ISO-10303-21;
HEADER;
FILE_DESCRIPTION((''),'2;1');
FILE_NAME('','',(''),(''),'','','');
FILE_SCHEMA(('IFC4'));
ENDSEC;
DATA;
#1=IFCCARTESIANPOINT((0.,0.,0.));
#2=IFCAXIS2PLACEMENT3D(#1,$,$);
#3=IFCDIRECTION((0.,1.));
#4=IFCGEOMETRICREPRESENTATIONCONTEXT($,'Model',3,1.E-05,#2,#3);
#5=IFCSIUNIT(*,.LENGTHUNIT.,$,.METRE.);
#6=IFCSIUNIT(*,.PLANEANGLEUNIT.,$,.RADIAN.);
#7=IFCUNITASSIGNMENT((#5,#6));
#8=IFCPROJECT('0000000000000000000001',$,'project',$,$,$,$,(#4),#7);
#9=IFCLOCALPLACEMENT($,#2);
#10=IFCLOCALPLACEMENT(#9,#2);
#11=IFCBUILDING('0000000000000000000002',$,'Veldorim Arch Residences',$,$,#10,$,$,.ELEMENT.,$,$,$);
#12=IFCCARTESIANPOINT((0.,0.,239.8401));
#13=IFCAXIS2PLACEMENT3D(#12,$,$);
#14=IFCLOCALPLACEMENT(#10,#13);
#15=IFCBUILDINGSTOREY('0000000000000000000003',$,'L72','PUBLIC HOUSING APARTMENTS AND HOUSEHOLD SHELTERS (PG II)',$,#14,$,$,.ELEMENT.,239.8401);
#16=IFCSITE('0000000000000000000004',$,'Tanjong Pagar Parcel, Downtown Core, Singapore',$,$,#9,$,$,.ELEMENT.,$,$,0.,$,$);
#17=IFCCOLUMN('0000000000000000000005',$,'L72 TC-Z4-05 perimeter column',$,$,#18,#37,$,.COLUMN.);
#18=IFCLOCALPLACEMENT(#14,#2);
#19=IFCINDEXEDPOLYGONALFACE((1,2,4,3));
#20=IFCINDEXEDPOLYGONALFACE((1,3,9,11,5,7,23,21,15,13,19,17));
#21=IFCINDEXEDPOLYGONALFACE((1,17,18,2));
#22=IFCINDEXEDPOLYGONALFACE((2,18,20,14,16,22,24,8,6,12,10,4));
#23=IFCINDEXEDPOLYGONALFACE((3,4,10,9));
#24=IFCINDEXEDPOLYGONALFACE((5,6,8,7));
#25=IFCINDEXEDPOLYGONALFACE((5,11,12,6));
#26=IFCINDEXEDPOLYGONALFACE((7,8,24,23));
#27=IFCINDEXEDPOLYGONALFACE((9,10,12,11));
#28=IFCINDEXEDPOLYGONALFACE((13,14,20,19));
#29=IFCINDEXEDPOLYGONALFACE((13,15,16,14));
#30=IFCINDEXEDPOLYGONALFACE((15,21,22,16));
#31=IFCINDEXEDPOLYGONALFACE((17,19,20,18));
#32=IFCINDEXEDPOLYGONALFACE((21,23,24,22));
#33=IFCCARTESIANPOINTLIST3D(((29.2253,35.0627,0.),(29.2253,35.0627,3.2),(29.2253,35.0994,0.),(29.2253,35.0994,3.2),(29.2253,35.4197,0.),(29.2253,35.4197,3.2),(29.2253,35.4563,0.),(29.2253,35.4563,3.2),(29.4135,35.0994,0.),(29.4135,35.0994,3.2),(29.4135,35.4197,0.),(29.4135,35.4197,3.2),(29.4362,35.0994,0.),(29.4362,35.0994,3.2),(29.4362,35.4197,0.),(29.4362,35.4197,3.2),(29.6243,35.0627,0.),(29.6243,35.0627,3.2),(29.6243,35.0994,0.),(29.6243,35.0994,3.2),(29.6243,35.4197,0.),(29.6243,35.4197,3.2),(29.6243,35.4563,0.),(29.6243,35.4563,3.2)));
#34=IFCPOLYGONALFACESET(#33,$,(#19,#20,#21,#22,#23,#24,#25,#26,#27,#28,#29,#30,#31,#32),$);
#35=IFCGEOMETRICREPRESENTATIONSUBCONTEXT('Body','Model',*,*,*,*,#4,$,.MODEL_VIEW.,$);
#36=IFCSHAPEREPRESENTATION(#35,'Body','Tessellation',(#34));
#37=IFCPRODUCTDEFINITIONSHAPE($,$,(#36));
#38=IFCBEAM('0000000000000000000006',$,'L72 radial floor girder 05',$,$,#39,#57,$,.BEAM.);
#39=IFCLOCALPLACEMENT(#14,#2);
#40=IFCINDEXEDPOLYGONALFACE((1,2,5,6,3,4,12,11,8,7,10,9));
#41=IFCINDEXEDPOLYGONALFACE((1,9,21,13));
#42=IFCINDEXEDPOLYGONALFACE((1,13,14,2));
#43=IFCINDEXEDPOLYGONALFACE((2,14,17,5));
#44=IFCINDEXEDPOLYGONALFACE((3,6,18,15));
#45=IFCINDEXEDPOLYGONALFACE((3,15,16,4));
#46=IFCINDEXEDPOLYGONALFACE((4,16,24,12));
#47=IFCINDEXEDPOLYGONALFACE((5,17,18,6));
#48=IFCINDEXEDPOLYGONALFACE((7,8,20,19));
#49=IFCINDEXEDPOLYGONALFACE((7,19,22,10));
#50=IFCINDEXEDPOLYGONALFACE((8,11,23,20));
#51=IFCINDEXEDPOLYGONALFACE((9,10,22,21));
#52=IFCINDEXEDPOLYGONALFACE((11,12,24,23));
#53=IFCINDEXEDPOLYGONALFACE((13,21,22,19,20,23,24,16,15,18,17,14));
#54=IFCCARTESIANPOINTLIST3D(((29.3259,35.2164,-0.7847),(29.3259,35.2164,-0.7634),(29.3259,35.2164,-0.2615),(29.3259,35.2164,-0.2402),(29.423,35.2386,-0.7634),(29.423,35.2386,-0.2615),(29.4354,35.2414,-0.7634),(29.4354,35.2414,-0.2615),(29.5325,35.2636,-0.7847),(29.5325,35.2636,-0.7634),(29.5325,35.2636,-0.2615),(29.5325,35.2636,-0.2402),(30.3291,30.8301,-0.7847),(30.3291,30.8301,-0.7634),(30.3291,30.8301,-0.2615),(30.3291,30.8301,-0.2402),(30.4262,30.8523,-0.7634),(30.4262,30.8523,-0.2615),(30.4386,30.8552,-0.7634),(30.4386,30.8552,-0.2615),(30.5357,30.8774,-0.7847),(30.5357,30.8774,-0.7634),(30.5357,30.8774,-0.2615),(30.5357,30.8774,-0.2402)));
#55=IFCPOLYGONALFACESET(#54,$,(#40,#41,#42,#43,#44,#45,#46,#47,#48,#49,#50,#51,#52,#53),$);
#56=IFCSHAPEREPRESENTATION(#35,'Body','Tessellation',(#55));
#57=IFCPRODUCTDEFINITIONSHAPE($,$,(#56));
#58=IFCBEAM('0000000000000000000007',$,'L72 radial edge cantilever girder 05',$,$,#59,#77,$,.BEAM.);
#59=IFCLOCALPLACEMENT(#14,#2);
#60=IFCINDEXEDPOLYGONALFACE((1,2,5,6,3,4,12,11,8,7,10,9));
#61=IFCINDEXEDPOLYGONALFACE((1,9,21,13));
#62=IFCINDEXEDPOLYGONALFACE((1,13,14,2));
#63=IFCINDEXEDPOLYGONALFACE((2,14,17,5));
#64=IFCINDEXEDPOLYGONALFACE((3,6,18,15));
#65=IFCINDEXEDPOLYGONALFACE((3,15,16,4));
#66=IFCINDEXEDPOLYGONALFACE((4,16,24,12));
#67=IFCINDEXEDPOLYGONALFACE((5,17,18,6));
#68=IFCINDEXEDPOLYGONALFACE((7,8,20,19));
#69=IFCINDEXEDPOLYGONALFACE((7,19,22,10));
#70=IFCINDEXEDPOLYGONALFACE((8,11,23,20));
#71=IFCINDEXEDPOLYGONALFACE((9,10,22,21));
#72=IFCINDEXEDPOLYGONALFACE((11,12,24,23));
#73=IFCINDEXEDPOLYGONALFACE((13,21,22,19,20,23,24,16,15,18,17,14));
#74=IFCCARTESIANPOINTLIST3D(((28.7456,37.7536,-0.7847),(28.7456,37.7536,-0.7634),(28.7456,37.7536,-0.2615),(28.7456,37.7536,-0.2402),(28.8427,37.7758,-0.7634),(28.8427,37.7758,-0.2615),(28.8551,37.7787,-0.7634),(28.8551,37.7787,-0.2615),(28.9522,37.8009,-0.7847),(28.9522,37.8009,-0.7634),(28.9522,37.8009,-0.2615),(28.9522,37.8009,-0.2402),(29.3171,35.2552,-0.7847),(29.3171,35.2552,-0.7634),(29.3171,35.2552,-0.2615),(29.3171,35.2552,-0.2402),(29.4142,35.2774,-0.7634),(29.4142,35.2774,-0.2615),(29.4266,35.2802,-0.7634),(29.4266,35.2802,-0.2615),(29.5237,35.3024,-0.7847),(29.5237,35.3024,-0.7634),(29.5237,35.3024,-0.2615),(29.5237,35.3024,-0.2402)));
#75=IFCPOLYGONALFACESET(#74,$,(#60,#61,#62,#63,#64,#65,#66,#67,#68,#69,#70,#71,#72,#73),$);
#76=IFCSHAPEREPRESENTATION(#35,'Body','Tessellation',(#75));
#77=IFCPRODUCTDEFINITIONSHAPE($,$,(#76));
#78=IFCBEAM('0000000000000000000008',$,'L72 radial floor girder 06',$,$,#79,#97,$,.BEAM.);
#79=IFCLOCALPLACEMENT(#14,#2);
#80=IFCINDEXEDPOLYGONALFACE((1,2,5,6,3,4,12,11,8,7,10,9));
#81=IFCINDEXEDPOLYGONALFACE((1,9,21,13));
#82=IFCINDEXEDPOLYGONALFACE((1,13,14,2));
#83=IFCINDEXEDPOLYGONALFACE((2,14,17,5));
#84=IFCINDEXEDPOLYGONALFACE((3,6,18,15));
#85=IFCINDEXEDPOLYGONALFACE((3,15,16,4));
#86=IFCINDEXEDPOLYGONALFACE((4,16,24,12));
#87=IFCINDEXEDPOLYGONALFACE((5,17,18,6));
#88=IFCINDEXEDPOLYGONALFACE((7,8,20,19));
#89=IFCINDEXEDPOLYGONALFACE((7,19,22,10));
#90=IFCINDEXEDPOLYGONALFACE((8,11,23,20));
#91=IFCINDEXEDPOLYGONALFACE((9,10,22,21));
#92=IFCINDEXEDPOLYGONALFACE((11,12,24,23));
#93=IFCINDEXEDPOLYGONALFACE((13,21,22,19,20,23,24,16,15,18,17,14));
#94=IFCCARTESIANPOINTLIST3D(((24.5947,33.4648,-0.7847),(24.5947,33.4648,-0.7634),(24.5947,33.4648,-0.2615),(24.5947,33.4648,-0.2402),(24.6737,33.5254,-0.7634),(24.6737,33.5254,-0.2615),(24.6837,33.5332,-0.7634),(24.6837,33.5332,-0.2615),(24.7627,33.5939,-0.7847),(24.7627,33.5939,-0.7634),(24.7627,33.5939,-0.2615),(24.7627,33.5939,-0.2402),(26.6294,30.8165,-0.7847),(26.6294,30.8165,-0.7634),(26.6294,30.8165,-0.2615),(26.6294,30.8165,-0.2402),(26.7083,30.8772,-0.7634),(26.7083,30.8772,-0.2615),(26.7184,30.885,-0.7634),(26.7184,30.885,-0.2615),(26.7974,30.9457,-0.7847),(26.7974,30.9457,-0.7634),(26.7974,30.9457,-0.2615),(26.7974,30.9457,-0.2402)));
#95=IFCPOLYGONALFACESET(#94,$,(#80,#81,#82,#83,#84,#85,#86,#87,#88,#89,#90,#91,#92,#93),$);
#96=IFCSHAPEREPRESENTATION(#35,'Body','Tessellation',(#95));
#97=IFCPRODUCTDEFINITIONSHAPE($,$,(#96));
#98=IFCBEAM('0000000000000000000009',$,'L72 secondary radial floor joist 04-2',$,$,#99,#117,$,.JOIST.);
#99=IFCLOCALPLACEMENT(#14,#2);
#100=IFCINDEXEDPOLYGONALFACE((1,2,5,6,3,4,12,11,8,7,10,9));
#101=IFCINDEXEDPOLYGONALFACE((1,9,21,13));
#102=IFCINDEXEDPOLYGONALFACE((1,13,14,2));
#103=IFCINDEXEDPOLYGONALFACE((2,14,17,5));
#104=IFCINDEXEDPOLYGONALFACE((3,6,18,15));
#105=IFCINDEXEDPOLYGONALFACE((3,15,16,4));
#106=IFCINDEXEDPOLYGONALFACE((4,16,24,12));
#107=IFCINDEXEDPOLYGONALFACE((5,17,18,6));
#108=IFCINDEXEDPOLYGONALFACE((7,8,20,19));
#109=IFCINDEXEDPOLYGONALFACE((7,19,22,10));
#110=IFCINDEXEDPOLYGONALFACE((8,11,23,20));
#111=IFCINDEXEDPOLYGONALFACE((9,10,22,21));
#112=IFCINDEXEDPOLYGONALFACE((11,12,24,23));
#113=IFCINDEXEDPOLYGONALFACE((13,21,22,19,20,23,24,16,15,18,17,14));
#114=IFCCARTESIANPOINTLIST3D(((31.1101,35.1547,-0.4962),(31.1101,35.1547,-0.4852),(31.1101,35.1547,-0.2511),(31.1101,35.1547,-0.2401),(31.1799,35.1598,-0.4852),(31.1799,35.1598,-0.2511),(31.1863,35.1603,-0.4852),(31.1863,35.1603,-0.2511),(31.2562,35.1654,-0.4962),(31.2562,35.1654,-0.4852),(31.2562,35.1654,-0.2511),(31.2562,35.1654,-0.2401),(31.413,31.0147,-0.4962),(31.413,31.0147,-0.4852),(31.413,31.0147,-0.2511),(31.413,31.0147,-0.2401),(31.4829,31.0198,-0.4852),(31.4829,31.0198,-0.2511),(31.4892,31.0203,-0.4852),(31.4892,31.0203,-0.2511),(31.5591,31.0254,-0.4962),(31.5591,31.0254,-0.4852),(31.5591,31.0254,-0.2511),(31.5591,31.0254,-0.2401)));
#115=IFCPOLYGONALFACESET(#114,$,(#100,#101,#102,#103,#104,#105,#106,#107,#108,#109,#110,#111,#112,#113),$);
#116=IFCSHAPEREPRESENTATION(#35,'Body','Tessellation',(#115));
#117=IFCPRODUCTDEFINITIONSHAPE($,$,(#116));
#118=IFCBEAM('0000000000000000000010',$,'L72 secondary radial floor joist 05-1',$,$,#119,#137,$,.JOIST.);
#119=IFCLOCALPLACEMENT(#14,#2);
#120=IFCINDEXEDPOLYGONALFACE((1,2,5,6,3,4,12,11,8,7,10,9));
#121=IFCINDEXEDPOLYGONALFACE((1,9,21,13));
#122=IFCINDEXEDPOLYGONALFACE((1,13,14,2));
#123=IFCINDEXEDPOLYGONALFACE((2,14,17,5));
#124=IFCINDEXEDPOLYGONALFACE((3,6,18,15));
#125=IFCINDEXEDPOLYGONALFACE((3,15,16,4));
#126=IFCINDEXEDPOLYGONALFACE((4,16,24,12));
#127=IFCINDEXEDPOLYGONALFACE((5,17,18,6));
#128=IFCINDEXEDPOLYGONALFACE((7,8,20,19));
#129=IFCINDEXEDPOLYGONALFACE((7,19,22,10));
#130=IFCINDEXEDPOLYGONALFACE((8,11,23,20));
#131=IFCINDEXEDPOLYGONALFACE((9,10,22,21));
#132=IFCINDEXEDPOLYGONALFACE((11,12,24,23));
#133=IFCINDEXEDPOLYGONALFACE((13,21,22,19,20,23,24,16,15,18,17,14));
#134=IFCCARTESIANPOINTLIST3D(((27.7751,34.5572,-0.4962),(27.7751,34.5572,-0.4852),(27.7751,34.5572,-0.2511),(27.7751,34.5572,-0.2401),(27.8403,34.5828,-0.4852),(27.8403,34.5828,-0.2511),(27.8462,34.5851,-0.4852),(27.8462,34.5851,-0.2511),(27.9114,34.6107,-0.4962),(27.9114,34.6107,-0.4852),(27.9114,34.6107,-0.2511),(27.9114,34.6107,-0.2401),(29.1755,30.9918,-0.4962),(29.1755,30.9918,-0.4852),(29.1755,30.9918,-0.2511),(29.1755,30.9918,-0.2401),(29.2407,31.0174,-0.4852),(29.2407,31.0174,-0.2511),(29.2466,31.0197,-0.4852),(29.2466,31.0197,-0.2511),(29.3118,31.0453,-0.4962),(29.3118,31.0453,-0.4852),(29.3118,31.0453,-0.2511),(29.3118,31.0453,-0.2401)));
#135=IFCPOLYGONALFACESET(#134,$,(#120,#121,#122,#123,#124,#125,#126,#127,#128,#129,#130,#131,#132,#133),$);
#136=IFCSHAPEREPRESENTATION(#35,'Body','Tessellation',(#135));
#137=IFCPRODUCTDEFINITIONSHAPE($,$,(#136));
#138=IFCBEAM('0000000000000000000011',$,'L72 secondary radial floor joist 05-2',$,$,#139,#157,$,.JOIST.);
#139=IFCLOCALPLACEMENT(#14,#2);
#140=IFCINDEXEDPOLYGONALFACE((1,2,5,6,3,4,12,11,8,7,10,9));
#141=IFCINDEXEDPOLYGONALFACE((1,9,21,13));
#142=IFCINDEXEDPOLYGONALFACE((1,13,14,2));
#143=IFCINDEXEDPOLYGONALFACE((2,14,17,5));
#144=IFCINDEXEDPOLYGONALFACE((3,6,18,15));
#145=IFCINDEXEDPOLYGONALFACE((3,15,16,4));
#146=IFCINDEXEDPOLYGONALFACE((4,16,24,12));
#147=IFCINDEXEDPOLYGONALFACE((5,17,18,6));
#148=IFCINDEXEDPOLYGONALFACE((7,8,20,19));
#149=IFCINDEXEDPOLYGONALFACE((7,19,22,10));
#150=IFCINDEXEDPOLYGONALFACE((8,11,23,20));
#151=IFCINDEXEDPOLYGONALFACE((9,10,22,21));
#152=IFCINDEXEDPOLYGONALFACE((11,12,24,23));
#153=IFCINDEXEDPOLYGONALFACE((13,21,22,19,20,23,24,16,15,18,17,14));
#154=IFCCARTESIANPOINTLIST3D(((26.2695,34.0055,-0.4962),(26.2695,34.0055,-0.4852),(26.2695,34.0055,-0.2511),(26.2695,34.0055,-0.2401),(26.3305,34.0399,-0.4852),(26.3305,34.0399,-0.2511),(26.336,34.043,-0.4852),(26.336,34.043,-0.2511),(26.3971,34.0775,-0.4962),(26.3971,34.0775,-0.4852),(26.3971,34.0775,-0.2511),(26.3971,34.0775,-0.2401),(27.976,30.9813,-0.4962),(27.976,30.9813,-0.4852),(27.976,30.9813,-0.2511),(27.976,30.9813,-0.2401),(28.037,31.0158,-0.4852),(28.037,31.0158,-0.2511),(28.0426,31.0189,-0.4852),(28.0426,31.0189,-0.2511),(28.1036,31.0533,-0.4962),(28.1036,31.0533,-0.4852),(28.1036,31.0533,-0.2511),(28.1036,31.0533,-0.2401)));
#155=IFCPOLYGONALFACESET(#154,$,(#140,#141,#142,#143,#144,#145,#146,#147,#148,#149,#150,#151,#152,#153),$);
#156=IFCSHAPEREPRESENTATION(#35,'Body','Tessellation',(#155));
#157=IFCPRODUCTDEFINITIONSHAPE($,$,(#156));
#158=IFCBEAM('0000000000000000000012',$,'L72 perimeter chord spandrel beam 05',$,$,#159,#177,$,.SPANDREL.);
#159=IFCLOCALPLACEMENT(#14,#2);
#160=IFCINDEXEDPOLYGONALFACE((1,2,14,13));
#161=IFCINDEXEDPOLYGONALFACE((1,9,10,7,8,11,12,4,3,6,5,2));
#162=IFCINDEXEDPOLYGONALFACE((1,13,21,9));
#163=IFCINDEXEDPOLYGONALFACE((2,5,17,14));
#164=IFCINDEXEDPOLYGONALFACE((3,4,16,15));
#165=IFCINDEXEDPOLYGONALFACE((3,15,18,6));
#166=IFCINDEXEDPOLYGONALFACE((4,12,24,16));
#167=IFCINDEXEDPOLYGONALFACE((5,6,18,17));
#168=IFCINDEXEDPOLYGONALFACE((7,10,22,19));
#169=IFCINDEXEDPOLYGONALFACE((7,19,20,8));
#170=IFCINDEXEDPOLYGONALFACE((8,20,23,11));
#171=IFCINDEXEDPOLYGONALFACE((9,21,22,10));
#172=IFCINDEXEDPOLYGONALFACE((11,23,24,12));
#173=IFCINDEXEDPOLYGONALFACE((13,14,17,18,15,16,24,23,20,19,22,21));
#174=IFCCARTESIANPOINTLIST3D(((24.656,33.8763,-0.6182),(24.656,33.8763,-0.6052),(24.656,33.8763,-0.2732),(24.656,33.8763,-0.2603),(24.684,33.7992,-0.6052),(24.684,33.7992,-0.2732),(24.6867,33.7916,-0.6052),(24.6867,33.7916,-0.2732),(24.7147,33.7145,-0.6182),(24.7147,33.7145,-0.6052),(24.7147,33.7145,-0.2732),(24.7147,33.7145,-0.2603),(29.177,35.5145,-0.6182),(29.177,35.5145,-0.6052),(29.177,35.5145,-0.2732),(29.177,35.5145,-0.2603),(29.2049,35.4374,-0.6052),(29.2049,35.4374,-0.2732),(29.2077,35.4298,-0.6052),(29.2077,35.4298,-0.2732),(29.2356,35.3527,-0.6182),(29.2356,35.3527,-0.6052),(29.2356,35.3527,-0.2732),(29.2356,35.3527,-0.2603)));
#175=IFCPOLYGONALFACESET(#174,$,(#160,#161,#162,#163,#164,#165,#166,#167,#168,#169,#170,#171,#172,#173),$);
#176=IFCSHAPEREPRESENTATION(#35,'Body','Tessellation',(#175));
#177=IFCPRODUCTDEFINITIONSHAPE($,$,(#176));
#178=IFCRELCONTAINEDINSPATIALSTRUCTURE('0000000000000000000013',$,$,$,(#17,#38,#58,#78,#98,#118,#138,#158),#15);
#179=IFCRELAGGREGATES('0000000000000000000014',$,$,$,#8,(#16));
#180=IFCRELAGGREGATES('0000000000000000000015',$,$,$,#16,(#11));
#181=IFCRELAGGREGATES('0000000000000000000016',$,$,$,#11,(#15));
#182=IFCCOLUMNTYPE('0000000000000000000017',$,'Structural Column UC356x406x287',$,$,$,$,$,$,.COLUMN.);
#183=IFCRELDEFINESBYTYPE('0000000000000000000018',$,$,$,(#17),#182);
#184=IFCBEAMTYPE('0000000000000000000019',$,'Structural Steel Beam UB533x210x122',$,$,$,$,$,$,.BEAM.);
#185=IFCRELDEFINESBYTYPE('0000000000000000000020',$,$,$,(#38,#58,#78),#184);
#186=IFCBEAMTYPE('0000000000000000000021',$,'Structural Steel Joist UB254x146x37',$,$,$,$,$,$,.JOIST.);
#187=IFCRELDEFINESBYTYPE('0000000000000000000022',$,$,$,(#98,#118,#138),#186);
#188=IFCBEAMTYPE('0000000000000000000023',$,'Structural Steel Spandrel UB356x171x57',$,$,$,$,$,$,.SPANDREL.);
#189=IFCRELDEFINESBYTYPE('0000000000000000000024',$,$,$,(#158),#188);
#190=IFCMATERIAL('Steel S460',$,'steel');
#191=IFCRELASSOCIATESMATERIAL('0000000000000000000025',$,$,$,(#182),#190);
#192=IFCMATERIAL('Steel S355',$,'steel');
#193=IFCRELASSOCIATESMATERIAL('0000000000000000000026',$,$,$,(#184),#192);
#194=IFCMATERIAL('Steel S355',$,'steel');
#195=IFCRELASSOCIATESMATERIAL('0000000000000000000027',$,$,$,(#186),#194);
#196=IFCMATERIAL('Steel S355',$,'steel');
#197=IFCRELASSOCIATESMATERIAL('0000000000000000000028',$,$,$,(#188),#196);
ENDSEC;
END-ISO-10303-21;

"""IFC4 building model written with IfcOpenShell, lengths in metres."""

from ifc_helpers import new_model, si_unit, direction, frame, origin, origin_2d, place, context, subcontext, project, spatial, i_section, extrude, material, material_profile, profile_set, type_object, element, save


model = new_model("IFC4")

# Units and contexts
model_context = context("Model", 3, precision=1e-05, world=origin(), true_north=direction((0.0, 1.0)))
body_context = subcontext(model_context, "Body", "Model", "MODEL_VIEW")
ifc_project = project(units=[si_unit("LENGTHUNIT", "METRE"), si_unit("PLANEANGLEUNIT", "RADIAN")], contexts=[model_context])

# Site, building, storey
site_placement = place(None, origin())
site = spatial("IfcSite", under=ifc_project, at=site_placement, Name="Tanjong Pagar Parcel, Downtown Core, Singapore", CompositionType="ELEMENT", RefElevation=0.0)
building_placement = place(site_placement, origin())
building = spatial("IfcBuilding", under=site, at=building_placement, Name="Veldorim Arch Residences", CompositionType="ELEMENT")
storey_placement = place(building_placement, frame((0.0, 0.0, 239.8401)))
storey = spatial("IfcBuildingStorey", under=building, at=storey_placement, Name="L72", Description="PUBLIC HOUSING APARTMENTS AND HOUSEHOLD SHELTERS (PG II)", CompositionType="ELEMENT", Elevation=239.8401)

# Column
ifc_material_1 = material(Name="Steel S460", Category="steel")
ifc_material_profile_1 = material_profile(ifc_material_1, i_section(OverallWidth=0.3989, OverallDepth=0.3936, WebThickness=0.0227, FlangeThickness=0.0366, at=origin_2d()), Name="UC356x406x287")
ifc_profile_set_1 = profile_set([ifc_material_profile_1], Name="Steel S460")
column_type = type_object("IfcColumnType", Name="Structural Column UC356x406x287", PredefinedType="COLUMN", material=ifc_profile_set_1)
column_placement = place(storey_placement, frame((29.4248, 35.2595, 0.0), z_axis=(0.0, 0.0, 1.0), x_axis=(1.0, 0.0, 0.0)))
element("IfcColumn", 1, at=column_placement, inside=storey, type_object=column_type, Name="L72 TC-Z4-05 perimeter column", PredefinedType="COLUMN", context=body_context, shape_type="SweptSolid", body=[
    extrude(i_section(OverallWidth=0.3989, OverallDepth=0.3936, WebThickness=0.0227, FlangeThickness=0.0366, at=origin_2d()), origin(), (0.0, 0.0, 1.0), 3.2),
])

# Beams
ifc_material_2 = material(Name="Steel S355", Category="steel")
ifc_material_profile_2 = material_profile(ifc_material_2, i_section(OverallWidth=0.2119, OverallDepth=0.5444, WebThickness=0.0127, FlangeThickness=0.0212, at=origin_2d()), Name="UB533x210x122")
ifc_profile_set_2 = profile_set([ifc_material_profile_2], Name="Steel S355")
beam_type_1 = type_object("IfcBeamType", Name="Structural Steel Beam UB533x210x122", PredefinedType="BEAM", material=ifc_profile_set_2)
beam_1_placement = place(storey_placement, frame((30.4324, 30.8538, -0.5125), z_axis=(-0.222953, 0.974829, 0.0), x_axis=(-0.974829, -0.222953, 0.0)))
element("IfcBeam", 2, at=beam_1_placement, inside=storey, type_object=beam_type_1, Name="L72 radial floor girder 05", PredefinedType="BEAM", context=body_context, shape_type="SweptSolid", body=[
    extrude(i_section(OverallWidth=0.2119, OverallDepth=0.5444, WebThickness=0.0127, FlangeThickness=0.0212, at=origin_2d()), origin(), (0.0, 0.0, 1.0), 4.4995),
])
beam_2_placement = place(storey_placement, frame((29.4204, 35.2788, -0.5125), z_axis=(-0.222988, 0.974821, 0.0), x_axis=(-0.974821, -0.222988, 0.0)))
element("IfcBeam", 3, at=beam_2_placement, inside=storey, type_object=beam_type_1, Name="L72 radial edge cantilever girder 05", PredefinedType="BEAM", context=body_context, shape_type="SweptSolid", body=[
    extrude(i_section(OverallWidth=0.2119, OverallDepth=0.5444, WebThickness=0.0127, FlangeThickness=0.0212, at=origin_2d()), origin(), (0.0, 0.0, 1.0), 2.563),
])
beam_3_placement = place(storey_placement, frame((26.7134, 30.8811, -0.5125), z_axis=(-0.609258, 0.792972, 0.0), x_axis=(-0.792972, -0.609258, 0.0)))
element("IfcBeam", 4, at=beam_3_placement, inside=storey, type_object=beam_type_1, Name="L72 radial floor girder 06", PredefinedType="BEAM", context=body_context, shape_type="SweptSolid", body=[
    extrude(i_section(OverallWidth=0.2119, OverallDepth=0.5444, WebThickness=0.0127, FlangeThickness=0.0212, at=origin_2d()), origin(), (0.0, 0.0, 1.0), 3.3396),
])
ifc_material_3 = material(Name="Steel S355", Category="steel")
ifc_material_profile_3 = material_profile(ifc_material_3, i_section(OverallWidth=0.1465, OverallDepth=0.2561, WebThickness=0.0063, FlangeThickness=0.011, at=origin_2d()), Name="UB254x146x37")
ifc_profile_set_3 = profile_set([ifc_material_profile_3], Name="Steel S355")
beam_type_2 = type_object("IfcBeamType", Name="Structural Steel Joist UB254x146x37", PredefinedType="JOIST", material=ifc_profile_set_3)
beam_4_placement = place(storey_placement, frame((31.4861, 31.02, -0.3682), z_axis=(-0.072986, 0.997333, 0.0), x_axis=(-0.997333, -0.072986, 0.0)))
element("IfcBeam", 5, at=beam_4_placement, inside=storey, type_object=beam_type_2, Name="L72 secondary radial floor joist 04-2", PredefinedType="JOIST", context=body_context, shape_type="SweptSolid", body=[
    extrude(i_section(OverallWidth=0.1465, OverallDepth=0.2561, WebThickness=0.0063, FlangeThickness=0.011, at=origin_2d()), origin(), (0.0, 0.0, 1.0), 4.1511),
])
beam_5_placement = place(storey_placement, frame((29.2437, 31.0186, -0.3682), z_axis=(-0.365581, 0.930779, 0.0), x_axis=(-0.930779, -0.365581, 0.0)))
element("IfcBeam", 6, at=beam_5_placement, inside=storey, type_object=beam_type_2, Name="L72 secondary radial floor joist 05-1", PredefinedType="JOIST", context=body_context, shape_type="SweptSolid", body=[
    extrude(i_section(OverallWidth=0.1465, OverallDepth=0.2561, WebThickness=0.0063, FlangeThickness=0.011, at=origin_2d()), origin(), (0.0, 0.0, 1.0), 3.8306),
])
beam_6_placement = place(storey_placement, frame((28.0398, 31.0173, -0.3682), z_axis=(-0.491452, 0.870904, 0.0), x_axis=(-0.870904, -0.491452, 0.0)))
element("IfcBeam", 7, at=beam_6_placement, inside=storey, type_object=beam_type_2, Name="L72 secondary radial floor joist 05-2", PredefinedType="JOIST", context=body_context, shape_type="SweptSolid", body=[
    extrude(i_section(OverallWidth=0.1465, OverallDepth=0.2561, WebThickness=0.0063, FlangeThickness=0.011, at=origin_2d()), origin(), (0.0, 0.0, 1.0), 3.4724),
])
ifc_material_4 = material(Name="Steel S355", Category="steel")
ifc_material_profile_4 = material_profile(ifc_material_4, i_section(OverallWidth=0.1721, OverallDepth=0.3579, WebThickness=0.0081, FlangeThickness=0.0129, at=origin_2d()), Name="UB356x171x57")
ifc_profile_set_4 = profile_set([ifc_material_profile_4], Name="Steel S355")
beam_type_3 = type_object("IfcBeamType", Name="Structural Steel Spandrel UB356x171x57", PredefinedType="SPANDREL", material=ifc_profile_set_4)
beam_7_placement = place(storey_placement, frame((29.2063, 35.4336, -0.4392), z_axis=(-0.940181, -0.340675, 0.0), x_axis=(0.340675, -0.940181, 0.0)))
element("IfcBeam", 8, at=beam_7_placement, inside=storey, type_object=beam_type_3, Name="L72 perimeter chord spandrel beam 05", PredefinedType="SPANDREL", context=body_context, shape_type="SweptSolid", body=[
    extrude(i_section(OverallWidth=0.1721, OverallDepth=0.3579, WebThickness=0.0081, FlangeThickness=0.0129, at=origin_2d()), origin(), (0.0, 0.0, 1.0), 4.8086),
])

save(model, "model.ifc")
